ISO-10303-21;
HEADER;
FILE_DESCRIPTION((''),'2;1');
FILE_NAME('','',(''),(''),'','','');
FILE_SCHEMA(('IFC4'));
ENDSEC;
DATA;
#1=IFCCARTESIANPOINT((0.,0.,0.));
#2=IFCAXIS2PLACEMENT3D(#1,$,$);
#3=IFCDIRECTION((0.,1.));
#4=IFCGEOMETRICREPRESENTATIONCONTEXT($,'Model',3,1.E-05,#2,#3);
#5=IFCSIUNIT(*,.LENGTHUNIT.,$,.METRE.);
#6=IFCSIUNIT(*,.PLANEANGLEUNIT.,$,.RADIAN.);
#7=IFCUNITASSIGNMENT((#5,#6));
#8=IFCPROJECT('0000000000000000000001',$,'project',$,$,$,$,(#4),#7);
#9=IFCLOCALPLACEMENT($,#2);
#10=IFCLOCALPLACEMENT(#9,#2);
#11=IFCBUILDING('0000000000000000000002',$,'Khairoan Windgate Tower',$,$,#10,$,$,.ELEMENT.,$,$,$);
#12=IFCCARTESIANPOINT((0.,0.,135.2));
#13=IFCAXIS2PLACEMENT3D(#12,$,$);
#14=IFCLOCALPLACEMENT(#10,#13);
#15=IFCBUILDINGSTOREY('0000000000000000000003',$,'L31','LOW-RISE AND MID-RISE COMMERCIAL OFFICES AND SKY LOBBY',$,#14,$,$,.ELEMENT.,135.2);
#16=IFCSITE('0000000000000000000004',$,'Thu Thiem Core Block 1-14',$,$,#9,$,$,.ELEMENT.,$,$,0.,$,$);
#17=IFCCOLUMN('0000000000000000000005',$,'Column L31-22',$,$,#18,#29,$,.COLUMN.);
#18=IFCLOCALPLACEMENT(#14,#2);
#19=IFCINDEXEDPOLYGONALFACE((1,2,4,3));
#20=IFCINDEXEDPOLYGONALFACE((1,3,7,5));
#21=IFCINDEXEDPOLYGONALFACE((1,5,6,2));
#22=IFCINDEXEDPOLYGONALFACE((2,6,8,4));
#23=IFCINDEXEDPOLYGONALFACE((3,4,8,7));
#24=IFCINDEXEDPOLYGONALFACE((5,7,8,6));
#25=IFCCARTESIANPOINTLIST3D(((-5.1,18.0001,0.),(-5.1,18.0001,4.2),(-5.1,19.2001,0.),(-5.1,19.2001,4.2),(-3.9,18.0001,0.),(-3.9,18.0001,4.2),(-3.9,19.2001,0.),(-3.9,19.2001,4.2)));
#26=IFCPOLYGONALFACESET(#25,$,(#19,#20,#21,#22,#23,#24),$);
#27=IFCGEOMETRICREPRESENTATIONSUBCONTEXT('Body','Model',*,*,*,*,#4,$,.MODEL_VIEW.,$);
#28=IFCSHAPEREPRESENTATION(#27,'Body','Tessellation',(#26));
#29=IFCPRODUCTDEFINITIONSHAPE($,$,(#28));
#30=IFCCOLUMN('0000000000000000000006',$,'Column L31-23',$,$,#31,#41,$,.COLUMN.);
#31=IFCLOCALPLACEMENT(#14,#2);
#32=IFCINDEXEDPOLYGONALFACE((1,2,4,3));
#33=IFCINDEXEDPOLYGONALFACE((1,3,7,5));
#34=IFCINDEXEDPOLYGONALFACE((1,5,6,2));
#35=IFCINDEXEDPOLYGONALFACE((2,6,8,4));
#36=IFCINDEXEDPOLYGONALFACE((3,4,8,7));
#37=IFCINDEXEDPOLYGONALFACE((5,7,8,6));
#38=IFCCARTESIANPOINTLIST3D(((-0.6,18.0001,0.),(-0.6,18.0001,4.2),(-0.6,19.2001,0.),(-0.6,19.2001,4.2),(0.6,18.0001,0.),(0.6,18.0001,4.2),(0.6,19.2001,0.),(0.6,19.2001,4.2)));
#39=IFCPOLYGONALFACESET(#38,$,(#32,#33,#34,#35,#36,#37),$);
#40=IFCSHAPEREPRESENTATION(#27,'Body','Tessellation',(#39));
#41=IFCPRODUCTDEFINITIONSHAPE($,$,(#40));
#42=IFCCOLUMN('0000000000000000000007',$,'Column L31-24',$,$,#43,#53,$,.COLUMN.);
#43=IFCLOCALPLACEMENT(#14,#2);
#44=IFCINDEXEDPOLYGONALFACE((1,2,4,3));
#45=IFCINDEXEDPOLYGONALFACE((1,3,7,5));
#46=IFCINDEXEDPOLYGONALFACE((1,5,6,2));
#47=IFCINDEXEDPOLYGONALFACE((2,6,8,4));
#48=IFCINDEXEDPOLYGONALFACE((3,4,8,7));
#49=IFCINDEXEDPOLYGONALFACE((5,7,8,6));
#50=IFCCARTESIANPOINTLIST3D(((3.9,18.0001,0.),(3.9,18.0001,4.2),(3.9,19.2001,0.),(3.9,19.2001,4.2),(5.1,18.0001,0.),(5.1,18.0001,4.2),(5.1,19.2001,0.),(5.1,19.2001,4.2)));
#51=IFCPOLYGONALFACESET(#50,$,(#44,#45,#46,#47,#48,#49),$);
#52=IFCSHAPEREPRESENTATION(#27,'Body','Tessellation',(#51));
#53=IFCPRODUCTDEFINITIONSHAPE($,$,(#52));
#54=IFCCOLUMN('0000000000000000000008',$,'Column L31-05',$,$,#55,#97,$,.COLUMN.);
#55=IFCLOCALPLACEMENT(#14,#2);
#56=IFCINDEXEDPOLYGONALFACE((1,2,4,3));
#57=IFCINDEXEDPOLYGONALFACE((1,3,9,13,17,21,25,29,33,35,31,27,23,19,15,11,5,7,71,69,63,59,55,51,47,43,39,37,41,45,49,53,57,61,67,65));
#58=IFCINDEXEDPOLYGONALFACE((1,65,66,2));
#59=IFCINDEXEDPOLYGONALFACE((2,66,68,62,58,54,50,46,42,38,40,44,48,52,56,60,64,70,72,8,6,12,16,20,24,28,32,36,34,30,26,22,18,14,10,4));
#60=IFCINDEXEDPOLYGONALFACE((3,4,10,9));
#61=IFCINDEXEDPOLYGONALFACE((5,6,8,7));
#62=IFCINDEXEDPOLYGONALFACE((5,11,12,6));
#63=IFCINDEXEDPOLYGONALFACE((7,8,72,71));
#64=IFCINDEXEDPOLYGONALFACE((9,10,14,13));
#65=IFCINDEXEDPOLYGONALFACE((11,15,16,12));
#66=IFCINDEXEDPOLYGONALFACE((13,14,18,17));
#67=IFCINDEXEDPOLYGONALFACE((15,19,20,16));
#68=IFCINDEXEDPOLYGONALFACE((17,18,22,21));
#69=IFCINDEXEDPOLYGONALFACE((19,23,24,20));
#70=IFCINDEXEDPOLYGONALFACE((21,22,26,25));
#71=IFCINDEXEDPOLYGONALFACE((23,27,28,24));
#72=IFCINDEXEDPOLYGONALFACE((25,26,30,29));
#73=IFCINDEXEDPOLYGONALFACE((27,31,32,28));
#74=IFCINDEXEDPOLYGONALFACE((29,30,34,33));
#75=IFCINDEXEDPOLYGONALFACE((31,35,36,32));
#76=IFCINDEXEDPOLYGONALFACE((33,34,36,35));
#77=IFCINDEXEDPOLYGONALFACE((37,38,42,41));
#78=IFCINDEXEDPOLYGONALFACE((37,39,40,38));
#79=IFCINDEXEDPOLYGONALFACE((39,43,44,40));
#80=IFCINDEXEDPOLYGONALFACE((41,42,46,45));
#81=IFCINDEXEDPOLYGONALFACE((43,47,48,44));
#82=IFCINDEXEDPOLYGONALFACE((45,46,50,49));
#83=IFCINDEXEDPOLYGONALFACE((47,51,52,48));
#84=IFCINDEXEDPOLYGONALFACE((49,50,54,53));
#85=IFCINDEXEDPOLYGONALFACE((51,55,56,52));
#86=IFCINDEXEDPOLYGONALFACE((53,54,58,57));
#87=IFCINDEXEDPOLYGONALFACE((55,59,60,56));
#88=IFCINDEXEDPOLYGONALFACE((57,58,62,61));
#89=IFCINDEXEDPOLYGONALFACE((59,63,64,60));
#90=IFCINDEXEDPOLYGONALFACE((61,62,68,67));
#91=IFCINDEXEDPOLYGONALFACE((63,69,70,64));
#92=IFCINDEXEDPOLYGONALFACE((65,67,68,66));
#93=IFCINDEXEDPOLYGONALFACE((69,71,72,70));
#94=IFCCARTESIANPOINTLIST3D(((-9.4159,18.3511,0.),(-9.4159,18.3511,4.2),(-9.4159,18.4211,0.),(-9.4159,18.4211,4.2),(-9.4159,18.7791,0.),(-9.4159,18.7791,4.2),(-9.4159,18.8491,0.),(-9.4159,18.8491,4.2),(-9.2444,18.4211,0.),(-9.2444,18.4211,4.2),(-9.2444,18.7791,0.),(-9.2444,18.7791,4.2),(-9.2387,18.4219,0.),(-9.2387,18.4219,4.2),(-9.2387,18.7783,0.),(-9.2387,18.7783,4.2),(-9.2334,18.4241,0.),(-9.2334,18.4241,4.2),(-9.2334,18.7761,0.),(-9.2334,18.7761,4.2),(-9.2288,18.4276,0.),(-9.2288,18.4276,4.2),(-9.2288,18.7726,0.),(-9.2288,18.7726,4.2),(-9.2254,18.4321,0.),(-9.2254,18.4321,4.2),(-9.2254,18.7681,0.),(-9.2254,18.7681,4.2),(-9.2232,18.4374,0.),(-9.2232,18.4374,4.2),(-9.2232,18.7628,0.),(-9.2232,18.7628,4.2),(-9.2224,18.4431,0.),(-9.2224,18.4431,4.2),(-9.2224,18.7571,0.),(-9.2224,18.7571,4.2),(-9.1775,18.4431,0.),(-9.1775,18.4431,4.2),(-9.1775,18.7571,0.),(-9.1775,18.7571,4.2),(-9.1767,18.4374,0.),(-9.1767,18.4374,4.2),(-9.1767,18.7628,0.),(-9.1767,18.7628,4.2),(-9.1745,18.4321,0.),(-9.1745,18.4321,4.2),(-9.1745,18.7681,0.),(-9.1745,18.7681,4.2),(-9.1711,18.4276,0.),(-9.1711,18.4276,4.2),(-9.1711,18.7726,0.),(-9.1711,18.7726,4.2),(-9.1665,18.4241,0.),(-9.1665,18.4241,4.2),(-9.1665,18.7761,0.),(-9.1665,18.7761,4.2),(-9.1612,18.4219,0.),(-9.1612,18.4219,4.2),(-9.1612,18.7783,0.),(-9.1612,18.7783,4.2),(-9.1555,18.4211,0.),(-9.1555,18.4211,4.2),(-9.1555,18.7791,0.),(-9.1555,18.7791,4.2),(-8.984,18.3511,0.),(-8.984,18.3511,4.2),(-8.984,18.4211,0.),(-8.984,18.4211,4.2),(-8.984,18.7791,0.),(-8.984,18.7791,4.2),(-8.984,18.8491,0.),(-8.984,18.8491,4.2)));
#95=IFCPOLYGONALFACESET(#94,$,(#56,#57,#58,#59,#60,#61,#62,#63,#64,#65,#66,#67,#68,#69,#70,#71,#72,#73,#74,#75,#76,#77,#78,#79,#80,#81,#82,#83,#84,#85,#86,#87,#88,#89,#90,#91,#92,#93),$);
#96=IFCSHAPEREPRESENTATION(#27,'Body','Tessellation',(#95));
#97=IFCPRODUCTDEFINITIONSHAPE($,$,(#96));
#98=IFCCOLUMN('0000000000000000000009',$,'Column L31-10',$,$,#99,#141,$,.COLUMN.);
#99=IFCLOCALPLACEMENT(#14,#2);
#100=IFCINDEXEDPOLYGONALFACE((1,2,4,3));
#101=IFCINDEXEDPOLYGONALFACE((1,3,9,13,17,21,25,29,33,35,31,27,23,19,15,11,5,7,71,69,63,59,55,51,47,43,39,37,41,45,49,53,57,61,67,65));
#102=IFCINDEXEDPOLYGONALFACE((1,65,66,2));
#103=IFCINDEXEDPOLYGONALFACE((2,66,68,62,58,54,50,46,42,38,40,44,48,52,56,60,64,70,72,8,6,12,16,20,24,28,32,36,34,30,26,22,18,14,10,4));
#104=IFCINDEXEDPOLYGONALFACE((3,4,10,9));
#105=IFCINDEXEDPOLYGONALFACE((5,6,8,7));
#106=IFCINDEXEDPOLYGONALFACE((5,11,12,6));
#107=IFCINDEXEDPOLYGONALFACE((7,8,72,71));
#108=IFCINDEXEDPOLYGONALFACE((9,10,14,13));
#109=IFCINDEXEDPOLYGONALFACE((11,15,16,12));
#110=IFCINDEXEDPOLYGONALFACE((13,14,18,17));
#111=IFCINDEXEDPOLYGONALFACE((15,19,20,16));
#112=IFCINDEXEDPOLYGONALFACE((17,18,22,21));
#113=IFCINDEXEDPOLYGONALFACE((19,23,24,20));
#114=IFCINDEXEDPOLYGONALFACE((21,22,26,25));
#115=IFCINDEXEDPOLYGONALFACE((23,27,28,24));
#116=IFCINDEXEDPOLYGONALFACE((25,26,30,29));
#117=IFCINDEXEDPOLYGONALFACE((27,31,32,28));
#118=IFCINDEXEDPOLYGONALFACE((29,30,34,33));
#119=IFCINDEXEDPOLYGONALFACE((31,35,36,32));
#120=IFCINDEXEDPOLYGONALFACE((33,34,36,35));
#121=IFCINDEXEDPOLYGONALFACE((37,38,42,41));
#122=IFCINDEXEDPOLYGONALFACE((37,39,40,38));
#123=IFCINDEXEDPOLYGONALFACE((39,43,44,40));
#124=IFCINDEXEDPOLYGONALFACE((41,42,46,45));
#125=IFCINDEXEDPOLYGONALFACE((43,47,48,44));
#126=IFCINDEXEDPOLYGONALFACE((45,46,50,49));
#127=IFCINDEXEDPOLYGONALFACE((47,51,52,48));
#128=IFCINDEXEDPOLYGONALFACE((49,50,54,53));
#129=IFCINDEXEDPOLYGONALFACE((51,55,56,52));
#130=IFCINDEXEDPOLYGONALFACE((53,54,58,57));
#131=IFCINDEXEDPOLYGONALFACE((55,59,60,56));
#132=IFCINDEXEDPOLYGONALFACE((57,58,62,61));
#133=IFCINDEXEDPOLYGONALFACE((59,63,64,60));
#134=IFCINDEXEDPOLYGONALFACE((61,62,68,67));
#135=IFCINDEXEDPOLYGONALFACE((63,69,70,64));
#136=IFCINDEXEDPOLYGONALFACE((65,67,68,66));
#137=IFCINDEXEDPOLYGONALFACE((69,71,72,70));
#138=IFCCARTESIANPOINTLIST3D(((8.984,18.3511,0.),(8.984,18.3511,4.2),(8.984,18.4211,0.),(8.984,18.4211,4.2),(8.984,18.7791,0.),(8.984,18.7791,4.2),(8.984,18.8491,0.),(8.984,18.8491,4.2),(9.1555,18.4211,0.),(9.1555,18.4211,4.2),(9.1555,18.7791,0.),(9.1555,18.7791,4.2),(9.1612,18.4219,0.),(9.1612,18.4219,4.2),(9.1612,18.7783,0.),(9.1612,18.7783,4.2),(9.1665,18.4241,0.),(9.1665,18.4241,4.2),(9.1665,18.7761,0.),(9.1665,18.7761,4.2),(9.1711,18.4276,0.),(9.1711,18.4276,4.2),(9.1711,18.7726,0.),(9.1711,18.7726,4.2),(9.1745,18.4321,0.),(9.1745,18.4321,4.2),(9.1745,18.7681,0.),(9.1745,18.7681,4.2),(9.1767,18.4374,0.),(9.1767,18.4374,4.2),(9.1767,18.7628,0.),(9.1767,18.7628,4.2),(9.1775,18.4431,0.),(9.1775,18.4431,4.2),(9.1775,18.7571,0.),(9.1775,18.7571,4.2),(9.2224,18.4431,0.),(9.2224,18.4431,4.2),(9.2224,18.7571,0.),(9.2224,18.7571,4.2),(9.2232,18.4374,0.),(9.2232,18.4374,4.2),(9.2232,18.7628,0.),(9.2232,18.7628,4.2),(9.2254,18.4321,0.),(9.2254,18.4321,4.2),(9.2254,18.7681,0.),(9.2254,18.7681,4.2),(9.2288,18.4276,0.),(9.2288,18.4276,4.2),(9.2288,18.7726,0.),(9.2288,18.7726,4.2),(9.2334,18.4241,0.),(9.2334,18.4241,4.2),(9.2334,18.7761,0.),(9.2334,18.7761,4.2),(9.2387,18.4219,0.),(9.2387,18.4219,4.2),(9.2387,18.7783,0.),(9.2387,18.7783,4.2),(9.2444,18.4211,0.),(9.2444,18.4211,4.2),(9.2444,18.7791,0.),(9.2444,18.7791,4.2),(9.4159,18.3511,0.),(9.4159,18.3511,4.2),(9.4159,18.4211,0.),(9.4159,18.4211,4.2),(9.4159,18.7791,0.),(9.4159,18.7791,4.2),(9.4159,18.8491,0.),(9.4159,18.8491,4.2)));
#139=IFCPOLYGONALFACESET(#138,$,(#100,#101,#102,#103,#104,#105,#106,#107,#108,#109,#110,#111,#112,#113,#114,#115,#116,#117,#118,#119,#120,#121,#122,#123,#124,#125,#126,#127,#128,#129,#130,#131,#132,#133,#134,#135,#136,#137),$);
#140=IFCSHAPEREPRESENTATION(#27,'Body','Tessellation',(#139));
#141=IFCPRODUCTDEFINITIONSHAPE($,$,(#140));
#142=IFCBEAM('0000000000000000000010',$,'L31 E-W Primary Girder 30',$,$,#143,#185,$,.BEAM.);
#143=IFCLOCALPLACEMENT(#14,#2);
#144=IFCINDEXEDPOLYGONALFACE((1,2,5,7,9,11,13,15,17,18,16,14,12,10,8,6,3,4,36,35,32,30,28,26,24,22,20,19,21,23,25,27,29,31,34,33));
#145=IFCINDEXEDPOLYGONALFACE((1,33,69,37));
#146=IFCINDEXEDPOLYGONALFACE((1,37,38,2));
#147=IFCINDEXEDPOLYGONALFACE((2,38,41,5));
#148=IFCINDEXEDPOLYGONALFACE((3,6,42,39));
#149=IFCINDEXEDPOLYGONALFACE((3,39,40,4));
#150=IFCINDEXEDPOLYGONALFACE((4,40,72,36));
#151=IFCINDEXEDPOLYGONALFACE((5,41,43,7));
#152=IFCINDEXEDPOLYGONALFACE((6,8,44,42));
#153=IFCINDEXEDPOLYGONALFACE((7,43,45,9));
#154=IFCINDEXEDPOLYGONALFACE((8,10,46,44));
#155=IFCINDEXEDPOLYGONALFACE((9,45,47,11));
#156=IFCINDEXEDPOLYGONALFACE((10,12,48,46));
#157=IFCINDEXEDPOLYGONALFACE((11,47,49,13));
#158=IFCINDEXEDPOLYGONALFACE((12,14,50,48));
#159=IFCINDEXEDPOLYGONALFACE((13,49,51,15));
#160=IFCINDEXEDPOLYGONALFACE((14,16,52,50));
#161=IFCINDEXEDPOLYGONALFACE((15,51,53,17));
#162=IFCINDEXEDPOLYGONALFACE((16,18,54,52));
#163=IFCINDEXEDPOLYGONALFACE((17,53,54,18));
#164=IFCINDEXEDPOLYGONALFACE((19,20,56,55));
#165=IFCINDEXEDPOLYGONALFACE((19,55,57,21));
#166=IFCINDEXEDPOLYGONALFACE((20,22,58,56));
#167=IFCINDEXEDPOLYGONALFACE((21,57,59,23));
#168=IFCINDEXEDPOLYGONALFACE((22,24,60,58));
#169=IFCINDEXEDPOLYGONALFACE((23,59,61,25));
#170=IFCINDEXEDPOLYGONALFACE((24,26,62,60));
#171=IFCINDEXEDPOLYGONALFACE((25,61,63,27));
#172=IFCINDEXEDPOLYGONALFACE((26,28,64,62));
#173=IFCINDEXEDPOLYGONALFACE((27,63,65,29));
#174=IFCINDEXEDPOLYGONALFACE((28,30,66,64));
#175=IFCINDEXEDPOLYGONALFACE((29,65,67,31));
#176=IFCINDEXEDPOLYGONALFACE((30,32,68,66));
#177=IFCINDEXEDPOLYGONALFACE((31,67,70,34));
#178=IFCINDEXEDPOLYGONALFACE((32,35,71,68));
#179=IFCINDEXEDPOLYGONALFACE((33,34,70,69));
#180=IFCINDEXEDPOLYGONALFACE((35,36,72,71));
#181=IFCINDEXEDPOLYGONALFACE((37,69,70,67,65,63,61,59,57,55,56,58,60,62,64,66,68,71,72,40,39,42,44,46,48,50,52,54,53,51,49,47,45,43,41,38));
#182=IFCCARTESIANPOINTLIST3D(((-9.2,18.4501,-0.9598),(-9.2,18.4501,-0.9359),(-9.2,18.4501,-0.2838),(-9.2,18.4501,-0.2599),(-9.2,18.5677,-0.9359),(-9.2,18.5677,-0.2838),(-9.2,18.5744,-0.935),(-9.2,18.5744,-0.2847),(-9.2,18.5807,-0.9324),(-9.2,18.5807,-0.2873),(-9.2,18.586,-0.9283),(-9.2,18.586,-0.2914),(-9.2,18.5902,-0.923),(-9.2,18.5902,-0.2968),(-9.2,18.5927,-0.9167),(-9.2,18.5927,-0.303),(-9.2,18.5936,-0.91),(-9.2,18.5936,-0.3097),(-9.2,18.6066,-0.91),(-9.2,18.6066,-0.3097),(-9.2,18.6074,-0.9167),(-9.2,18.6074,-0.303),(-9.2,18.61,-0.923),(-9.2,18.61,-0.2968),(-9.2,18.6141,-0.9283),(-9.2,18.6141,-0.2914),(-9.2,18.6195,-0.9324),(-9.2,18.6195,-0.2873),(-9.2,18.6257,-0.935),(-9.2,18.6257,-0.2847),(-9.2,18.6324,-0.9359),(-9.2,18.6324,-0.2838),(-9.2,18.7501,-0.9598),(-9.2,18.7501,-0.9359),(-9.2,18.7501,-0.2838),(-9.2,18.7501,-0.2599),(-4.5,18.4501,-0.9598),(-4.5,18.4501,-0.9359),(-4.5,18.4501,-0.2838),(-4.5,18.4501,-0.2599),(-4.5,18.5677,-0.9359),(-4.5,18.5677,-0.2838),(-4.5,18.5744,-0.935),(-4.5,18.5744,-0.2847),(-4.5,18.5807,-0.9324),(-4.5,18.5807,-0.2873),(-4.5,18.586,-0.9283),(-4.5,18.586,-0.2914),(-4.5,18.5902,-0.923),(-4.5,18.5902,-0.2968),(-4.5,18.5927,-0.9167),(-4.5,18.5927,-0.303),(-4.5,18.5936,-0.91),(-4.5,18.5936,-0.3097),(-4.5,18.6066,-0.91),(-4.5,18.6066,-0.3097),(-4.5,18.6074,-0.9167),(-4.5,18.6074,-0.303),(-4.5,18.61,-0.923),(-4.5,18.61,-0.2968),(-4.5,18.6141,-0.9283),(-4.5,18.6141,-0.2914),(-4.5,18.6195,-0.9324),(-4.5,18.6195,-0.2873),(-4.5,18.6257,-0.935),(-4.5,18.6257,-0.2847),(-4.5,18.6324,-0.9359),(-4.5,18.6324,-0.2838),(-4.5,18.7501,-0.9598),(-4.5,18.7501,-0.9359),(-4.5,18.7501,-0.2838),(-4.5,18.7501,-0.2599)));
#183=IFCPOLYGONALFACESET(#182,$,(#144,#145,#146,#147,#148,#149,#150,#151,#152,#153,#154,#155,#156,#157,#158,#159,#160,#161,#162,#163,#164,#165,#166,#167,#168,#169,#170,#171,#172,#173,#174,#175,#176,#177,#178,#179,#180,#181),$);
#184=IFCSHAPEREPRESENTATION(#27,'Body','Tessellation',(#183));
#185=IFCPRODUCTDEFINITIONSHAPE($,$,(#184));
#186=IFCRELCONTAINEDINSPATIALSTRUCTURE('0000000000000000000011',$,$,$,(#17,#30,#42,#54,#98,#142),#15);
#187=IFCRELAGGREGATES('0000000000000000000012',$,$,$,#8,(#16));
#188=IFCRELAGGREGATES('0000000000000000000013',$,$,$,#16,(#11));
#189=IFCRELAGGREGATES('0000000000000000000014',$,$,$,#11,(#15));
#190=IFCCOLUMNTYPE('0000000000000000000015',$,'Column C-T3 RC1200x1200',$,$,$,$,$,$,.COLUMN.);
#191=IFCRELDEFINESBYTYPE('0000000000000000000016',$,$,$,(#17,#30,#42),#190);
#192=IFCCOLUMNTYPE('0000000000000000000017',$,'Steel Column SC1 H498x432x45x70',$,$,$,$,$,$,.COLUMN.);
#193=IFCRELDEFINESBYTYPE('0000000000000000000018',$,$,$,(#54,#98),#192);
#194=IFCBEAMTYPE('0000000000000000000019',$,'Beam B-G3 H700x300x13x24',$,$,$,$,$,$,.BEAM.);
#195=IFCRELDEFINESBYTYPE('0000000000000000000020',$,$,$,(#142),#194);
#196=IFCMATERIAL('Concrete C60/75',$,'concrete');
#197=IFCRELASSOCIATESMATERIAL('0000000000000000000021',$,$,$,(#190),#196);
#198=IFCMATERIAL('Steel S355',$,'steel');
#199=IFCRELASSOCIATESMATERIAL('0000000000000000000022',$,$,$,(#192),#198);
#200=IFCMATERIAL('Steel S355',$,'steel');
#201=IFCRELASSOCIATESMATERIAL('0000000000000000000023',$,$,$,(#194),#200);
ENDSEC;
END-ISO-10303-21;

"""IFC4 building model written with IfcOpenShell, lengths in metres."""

from ifc_helpers import new_model, si_unit, direction, frame, origin, origin_2d, place, context, subcontext, project, spatial, rectangle, i_section, extrude, material, material_profile, profile_set, type_object, element, save


model = new_model("IFC4")

# Units and contexts
model_context = context("Model", 3, precision=1e-05, world=origin(), true_north=direction((0.0, 1.0)))
body_context = subcontext(model_context, "Body", "Model", "MODEL_VIEW")
ifc_project = project(units=[si_unit("LENGTHUNIT", "METRE"), si_unit("PLANEANGLEUNIT", "RADIAN")], contexts=[model_context])

# Site, building, storey
site_placement = place(None, origin())
site = spatial("IfcSite", under=ifc_project, at=site_placement, Name="Thu Thiem Core Block 1-14", CompositionType="ELEMENT", RefElevation=0.0)
building_placement = place(site_placement, origin())
building = spatial("IfcBuilding", under=site, at=building_placement, Name="Khairoan Windgate Tower", CompositionType="ELEMENT")
storey_placement = place(building_placement, frame((0.0, 0.0, 135.2)))
storey = spatial("IfcBuildingStorey", under=building, at=storey_placement, Name="L31", Description="LOW-RISE AND MID-RISE COMMERCIAL OFFICES AND SKY LOBBY", CompositionType="ELEMENT", Elevation=135.2)

# Columns
ifc_material_1 = material(Name="Concrete C60/75", Category="concrete")
ifc_material_profile_1 = material_profile(ifc_material_1, rectangle(XDim=1.2, YDim=1.2, at=origin_2d()))
ifc_profile_set_1 = profile_set([ifc_material_profile_1], Name="Concrete C60/75")
column_type_1 = type_object("IfcColumnType", Name="Column C-T3 RC1200x1200", PredefinedType="COLUMN", material=ifc_profile_set_1)
for number, where, z_axis, x_axis, name in (
    (1, (-4.5, 18.6001, 0.0), (0.0, 0.0, 1.0), (1.0, 0.0, 0.0), "Column L31-22"),
    (2, (0.0, 18.6001, 0.0), (0.0, 0.0, 1.0), (1.0, 0.0, 0.0), "Column L31-23"),
    (3, (4.5, 18.6001, 0.0), (0.0, 0.0, 1.0), (1.0, 0.0, 0.0), "Column L31-24"),
):
    element("IfcColumn", number, at=place(storey_placement, frame(where, z_axis=z_axis, x_axis=x_axis)), inside=storey, type_object=column_type_1, Name=name, PredefinedType="COLUMN", context=body_context, shape_type="SweptSolid", body=[
        extrude(rectangle(XDim=1.2, YDim=1.2, at=origin_2d()), origin(), (0.0, 0.0, 1.0), 4.2),
    ])
ifc_material_2 = material(Name="Steel S355", Category="steel")
ifc_material_profile_2 = material_profile(ifc_material_2, i_section(OverallWidth=0.4319, OverallDepth=0.498, WebThickness=0.0449, FlangeThickness=0.0701, FilletRadius=0.022, at=origin_2d()))
ifc_profile_set_2 = profile_set([ifc_material_profile_2], Name="Steel S355")
column_type_2 = type_object("IfcColumnType", Name="Steel Column SC1 H498x432x45x70", PredefinedType="COLUMN", material=ifc_profile_set_2)
for number, where, z_axis, x_axis, name in (
    (4, (-9.2, 18.6001, 0.0), (0.0, 0.0, 1.0), (1.0, 0.0, 0.0), "Column L31-05"),
    (5, (9.2, 18.6001, 0.0), (0.0, 0.0, 1.0), (1.0, 0.0, 0.0), "Column L31-10"),
):
    element("IfcColumn", number, at=place(storey_placement, frame(where, z_axis=z_axis, x_axis=x_axis)), inside=storey, type_object=column_type_2, Name=name, PredefinedType="COLUMN", context=body_context, shape_type="SweptSolid", body=[
        extrude(i_section(OverallWidth=0.4319, OverallDepth=0.498, WebThickness=0.0449, FlangeThickness=0.0701, FilletRadius=0.022, at=origin_2d()), origin(), (0.0, 0.0, 1.0), 4.2),
    ])

# Beam
ifc_material_3 = material(Name="Steel S355", Category="steel")
ifc_material_profile_3 = material_profile(ifc_material_3, i_section(OverallWidth=0.3, OverallDepth=0.7, WebThickness=0.0129, FlangeThickness=0.0239, FilletRadius=0.0259, at=origin_2d()))
ifc_profile_set_3 = profile_set([ifc_material_profile_3], Name="Steel S355")
beam_type_1 = type_object("IfcBeamType", Name="Beam B-G3 H700x300x13x24", PredefinedType="BEAM", material=ifc_profile_set_3)
beam_1_placement = place(storey_placement, frame((-9.2, 18.6001, -0.6099), z_axis=(1.0, 0.0, 0.0), x_axis=(0.0, 1.0, 0.0)))
element("IfcBeam", 6, at=beam_1_placement, inside=storey, type_object=beam_type_1, Name="L31 E-W Primary Girder 30", PredefinedType="BEAM", context=body_context, shape_type="SweptSolid", body=[
    extrude(i_section(OverallWidth=0.3, OverallDepth=0.7, WebThickness=0.0129, FlangeThickness=0.0239, FilletRadius=0.0259, at=origin_2d()), origin(), (0.0, 0.0, 1.0), 4.7),
])

save(model, "model.ifc")
